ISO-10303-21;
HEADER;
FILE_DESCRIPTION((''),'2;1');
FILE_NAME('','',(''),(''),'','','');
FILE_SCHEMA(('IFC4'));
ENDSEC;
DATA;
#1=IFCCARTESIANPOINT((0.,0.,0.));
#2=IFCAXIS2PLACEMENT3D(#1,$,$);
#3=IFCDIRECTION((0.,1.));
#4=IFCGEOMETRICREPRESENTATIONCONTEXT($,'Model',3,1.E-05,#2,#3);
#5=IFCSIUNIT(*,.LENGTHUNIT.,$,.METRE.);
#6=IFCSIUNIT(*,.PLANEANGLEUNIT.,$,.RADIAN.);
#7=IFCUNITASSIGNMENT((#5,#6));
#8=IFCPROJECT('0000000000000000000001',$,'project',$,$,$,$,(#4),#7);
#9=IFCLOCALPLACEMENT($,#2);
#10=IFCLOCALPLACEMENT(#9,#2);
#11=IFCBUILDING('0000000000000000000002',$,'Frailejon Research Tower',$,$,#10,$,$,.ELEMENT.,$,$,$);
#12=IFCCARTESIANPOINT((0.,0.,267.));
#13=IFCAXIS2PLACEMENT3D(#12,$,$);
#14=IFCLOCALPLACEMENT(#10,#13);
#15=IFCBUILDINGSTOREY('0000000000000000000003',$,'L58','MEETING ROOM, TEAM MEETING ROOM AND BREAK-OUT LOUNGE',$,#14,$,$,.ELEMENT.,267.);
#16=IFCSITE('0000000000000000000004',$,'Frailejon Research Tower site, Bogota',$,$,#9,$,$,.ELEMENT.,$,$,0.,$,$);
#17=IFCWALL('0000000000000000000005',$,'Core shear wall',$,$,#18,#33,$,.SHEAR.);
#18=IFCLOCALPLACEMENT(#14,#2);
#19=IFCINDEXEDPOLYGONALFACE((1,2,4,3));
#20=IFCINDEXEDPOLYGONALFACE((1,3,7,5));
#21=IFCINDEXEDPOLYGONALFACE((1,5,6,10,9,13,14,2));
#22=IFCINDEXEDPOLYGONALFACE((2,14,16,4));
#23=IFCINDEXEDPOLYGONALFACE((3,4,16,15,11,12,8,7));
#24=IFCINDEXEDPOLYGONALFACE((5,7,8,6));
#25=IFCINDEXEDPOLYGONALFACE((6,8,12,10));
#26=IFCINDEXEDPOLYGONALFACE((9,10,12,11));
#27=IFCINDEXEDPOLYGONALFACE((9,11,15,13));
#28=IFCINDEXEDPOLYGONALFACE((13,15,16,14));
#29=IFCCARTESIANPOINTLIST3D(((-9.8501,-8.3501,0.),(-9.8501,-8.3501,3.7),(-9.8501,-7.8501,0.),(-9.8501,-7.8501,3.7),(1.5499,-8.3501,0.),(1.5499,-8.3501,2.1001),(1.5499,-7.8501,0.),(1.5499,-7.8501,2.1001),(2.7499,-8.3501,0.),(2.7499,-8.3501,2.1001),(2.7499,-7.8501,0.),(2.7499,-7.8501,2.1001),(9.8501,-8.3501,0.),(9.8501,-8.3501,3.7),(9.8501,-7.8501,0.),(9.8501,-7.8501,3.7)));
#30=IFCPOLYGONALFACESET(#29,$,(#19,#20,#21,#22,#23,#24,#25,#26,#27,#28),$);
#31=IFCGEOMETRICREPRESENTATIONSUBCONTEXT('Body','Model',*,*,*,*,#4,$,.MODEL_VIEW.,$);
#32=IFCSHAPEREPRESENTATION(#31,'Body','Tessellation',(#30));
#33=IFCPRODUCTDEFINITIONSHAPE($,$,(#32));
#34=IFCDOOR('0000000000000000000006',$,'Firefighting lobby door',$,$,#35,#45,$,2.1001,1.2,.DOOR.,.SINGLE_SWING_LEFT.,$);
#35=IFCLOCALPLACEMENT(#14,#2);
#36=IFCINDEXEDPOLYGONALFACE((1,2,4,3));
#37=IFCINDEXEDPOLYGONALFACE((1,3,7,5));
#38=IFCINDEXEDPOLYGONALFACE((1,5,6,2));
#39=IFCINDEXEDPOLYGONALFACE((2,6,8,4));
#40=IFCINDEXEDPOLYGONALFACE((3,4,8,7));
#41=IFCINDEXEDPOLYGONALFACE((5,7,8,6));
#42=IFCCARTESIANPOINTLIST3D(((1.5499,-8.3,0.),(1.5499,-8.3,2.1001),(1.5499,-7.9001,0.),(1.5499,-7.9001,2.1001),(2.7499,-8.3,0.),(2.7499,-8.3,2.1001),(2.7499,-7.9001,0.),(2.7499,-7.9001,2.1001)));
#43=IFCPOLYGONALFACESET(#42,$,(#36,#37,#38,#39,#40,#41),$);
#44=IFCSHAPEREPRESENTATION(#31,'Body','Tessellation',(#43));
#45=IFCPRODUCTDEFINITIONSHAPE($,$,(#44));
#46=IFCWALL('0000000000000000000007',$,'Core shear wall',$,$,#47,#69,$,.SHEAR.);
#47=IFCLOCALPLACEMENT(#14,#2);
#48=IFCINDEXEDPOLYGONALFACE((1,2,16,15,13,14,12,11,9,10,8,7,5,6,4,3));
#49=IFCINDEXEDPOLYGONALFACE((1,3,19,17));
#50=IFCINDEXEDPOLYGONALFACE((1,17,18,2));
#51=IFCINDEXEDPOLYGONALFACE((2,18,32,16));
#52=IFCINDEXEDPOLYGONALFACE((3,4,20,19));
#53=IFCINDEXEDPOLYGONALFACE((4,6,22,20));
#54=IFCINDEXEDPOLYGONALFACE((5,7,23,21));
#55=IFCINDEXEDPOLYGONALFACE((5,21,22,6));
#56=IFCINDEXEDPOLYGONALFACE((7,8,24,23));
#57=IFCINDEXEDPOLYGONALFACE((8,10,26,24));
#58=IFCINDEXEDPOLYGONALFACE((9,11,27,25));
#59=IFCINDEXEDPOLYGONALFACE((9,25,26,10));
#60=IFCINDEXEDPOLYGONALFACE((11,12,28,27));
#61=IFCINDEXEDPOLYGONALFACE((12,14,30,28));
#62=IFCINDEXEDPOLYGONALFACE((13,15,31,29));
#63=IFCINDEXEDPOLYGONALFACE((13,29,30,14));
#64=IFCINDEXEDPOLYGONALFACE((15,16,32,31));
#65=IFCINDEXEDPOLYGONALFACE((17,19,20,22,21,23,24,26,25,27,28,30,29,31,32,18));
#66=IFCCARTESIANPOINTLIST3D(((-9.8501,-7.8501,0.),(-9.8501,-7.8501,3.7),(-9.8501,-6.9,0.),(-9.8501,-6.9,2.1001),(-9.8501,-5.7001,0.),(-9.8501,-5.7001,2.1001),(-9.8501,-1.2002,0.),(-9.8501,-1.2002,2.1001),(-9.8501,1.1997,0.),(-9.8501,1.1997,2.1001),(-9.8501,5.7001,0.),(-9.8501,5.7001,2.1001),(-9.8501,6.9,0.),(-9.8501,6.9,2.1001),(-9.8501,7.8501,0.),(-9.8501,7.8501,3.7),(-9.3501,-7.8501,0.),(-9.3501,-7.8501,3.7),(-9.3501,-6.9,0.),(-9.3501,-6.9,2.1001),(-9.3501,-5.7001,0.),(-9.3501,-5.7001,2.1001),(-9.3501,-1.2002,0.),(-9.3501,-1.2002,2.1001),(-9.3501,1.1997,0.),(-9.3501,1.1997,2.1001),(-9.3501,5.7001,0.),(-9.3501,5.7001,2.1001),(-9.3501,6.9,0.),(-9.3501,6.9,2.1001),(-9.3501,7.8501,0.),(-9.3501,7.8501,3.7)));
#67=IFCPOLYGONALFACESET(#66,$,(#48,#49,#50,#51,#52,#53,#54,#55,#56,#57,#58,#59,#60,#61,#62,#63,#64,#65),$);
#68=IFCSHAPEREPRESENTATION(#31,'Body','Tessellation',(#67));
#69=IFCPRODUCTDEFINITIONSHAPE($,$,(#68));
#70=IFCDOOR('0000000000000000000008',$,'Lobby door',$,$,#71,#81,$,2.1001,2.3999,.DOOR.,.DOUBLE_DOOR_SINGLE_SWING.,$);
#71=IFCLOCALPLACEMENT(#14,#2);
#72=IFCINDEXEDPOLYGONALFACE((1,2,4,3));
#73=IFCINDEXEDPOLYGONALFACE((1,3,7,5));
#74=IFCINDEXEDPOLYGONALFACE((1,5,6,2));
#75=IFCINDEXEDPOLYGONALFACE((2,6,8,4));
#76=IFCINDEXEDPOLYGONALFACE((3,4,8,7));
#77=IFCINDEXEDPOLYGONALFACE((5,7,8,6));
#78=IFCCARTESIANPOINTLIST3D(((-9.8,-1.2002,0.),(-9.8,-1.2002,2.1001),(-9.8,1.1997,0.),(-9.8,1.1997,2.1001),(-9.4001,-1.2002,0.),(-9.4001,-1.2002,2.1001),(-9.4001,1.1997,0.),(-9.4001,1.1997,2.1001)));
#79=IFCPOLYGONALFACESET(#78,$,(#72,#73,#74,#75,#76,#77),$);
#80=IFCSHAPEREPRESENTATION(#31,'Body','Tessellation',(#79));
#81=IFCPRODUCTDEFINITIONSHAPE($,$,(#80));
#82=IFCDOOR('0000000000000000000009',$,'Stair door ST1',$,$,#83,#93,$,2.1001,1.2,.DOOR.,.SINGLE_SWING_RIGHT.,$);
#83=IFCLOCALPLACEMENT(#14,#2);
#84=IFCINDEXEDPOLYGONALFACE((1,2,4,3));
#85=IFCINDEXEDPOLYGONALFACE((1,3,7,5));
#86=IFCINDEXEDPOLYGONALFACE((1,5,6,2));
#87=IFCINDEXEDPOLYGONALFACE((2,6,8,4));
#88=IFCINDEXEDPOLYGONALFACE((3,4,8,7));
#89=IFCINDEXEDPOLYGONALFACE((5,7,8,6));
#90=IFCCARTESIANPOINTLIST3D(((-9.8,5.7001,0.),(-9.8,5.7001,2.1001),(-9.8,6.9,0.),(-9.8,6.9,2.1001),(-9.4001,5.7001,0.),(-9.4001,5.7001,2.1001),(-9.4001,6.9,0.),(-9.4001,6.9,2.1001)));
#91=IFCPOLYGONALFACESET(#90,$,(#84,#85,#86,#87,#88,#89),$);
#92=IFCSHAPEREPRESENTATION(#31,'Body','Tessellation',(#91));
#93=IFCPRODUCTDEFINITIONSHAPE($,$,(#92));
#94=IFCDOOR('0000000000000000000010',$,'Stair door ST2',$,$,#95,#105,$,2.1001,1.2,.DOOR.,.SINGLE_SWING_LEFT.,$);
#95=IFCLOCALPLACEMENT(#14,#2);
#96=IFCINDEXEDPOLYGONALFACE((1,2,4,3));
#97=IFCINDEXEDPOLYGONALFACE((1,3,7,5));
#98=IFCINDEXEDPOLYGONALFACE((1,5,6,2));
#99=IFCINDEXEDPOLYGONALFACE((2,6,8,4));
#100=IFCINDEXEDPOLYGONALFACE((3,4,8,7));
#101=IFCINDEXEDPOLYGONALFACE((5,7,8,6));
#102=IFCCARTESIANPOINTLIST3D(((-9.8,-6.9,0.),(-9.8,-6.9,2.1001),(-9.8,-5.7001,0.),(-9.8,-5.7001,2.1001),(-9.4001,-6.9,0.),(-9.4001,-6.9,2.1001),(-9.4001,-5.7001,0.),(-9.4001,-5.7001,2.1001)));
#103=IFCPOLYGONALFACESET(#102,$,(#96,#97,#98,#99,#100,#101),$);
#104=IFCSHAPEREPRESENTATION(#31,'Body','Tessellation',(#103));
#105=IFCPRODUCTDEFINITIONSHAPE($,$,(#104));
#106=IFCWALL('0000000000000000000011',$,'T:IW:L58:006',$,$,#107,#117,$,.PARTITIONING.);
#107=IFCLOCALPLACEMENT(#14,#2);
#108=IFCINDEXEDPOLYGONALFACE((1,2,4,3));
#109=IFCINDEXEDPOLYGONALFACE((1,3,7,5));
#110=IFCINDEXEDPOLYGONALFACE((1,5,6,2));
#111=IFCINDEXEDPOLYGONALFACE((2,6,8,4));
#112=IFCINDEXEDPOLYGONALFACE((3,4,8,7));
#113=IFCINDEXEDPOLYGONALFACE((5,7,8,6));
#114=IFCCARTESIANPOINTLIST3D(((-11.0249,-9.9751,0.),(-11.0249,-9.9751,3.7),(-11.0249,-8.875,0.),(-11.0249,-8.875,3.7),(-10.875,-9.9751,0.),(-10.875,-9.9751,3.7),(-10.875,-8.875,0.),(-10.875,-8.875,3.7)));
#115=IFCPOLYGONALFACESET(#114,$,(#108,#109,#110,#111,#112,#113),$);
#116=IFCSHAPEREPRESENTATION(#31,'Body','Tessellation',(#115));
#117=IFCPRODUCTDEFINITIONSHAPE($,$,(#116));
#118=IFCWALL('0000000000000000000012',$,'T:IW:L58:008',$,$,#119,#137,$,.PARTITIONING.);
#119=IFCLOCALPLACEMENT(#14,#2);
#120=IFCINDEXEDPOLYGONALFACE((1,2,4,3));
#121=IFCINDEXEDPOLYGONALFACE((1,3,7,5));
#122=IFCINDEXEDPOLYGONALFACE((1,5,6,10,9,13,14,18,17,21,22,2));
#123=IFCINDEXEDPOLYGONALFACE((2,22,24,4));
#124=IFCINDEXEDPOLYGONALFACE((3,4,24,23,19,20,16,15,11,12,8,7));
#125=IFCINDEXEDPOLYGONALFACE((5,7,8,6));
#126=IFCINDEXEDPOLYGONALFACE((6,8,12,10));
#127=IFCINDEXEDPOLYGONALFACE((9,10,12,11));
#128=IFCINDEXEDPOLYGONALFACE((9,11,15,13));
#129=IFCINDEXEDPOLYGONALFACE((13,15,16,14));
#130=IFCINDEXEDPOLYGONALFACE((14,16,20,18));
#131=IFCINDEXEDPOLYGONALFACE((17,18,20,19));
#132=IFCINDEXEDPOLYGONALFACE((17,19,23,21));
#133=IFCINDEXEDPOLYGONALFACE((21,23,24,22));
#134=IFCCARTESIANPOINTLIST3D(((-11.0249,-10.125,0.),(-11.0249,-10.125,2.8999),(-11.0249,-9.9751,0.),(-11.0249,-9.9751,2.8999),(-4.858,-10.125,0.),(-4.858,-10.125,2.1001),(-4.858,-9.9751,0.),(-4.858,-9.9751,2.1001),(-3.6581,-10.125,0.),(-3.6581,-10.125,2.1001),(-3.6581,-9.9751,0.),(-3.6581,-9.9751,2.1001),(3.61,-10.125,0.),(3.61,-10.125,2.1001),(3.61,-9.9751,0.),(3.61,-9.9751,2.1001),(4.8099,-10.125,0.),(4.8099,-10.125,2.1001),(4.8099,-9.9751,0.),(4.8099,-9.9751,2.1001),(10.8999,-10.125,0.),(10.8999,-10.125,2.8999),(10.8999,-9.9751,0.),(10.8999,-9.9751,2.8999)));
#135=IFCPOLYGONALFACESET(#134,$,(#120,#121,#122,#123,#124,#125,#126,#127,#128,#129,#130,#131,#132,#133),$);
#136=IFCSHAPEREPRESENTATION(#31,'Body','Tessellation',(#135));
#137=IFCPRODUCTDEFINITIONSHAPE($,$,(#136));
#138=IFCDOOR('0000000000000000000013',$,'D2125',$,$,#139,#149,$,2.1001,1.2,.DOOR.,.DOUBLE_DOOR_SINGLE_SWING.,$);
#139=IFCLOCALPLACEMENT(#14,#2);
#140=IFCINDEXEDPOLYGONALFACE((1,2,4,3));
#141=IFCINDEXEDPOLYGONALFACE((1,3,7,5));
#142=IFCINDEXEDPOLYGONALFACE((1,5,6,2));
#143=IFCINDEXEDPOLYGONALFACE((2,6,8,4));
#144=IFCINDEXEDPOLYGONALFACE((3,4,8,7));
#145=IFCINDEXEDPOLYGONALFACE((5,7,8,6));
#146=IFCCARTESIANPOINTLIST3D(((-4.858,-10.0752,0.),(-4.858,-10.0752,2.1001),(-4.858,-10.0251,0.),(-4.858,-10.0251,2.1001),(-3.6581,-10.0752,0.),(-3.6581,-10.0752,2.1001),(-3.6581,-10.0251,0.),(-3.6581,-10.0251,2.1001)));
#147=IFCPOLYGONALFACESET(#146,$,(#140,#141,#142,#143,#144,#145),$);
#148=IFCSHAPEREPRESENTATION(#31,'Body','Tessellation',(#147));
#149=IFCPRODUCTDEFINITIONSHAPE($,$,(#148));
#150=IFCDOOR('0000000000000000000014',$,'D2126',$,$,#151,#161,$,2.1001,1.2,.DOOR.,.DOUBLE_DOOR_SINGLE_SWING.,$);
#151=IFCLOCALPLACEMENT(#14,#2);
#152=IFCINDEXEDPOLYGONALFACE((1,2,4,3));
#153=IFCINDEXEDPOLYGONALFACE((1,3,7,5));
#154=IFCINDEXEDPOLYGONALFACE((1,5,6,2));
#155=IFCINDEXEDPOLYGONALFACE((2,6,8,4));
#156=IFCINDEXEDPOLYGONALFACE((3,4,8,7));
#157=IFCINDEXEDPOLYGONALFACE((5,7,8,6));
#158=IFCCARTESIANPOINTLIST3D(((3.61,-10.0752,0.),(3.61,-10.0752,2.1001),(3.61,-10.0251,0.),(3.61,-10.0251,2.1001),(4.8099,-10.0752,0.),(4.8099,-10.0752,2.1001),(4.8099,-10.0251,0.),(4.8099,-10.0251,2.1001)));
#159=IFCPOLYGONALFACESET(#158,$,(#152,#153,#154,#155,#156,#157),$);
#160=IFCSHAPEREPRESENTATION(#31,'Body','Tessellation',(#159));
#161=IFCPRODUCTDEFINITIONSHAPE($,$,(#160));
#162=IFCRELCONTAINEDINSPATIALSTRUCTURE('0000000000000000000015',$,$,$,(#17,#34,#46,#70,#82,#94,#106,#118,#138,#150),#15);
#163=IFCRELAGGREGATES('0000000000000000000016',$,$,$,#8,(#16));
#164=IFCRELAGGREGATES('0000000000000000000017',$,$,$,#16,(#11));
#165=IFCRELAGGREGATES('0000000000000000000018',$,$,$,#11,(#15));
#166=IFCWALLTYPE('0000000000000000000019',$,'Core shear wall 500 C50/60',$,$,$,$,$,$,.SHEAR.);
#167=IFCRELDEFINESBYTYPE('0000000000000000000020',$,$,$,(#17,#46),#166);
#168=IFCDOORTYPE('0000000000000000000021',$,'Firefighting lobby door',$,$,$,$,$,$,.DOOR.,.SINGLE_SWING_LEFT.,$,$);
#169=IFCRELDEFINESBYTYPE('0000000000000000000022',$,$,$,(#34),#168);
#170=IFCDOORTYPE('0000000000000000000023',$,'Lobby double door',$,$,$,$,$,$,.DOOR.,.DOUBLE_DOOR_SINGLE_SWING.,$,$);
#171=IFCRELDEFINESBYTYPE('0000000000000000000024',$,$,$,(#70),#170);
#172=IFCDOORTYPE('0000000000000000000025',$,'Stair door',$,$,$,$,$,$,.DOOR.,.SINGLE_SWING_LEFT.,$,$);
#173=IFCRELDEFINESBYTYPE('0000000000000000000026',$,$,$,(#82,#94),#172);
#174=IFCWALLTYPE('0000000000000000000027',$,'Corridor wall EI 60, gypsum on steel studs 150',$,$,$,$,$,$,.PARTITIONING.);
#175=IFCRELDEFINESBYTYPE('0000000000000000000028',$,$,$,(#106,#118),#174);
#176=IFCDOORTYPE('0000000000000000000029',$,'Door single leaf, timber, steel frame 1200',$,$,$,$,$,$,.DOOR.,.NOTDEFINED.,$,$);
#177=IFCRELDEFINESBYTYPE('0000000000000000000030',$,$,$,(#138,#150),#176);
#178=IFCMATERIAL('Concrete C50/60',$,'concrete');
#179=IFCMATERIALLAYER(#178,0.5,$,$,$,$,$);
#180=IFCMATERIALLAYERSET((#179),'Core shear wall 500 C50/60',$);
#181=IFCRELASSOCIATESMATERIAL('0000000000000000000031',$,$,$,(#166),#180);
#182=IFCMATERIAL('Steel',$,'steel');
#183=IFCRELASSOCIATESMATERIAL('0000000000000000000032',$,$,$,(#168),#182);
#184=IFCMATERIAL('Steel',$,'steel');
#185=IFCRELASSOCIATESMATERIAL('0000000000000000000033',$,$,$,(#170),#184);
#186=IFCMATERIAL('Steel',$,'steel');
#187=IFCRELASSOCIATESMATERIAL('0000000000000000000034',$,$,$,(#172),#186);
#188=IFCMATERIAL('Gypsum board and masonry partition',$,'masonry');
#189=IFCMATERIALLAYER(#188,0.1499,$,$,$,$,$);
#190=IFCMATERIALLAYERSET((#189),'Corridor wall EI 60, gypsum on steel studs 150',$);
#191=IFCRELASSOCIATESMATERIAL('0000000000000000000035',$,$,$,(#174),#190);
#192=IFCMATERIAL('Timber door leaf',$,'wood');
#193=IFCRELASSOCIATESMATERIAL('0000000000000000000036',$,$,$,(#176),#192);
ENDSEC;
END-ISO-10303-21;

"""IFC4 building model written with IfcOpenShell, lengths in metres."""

from ifc_helpers import new_model, si_unit, direction, frame, frame_2d, origin, place, context, subcontext, project, spatial, rectangle, extrude, material, layer, layer_set, type_object, element, fill, save


model = new_model("IFC4")

# Units and contexts
model_context = context("Model", 3, precision=1e-05, world=origin(), true_north=direction((0.0, 1.0)))
body_context = subcontext(model_context, "Body", "Model", "MODEL_VIEW")
ifc_project = project(units=[si_unit("LENGTHUNIT", "METRE"), si_unit("PLANEANGLEUNIT", "RADIAN")], contexts=[model_context])

# Site, building, storey
site_placement = place(None, origin())
site = spatial("IfcSite", under=ifc_project, at=site_placement, Name="Frailejon Research Tower site, Bogota", CompositionType="ELEMENT", RefElevation=0.0)
building_placement = place(site_placement, origin())
building = spatial("IfcBuilding", under=site, at=building_placement, Name="Frailejon Research Tower", CompositionType="ELEMENT")
storey_placement = place(building_placement, frame((0.0, 0.0, 267.0)))
storey = spatial("IfcBuildingStorey", under=building, at=storey_placement, Name="L58", Description="MEETING ROOM, TEAM MEETING ROOM AND BREAK-OUT LOUNGE", CompositionType="ELEMENT", Elevation=267.0)

# Wall, opening, door
ifc_material_1 = material(Name="Concrete C50/60", Category="concrete")
ifc_layer_1 = layer(ifc_material_1, 0.5)
ifc_layer_set_1 = layer_set([ifc_layer_1], Name="Core shear wall 500 C50/60")
wall_type_1 = type_object("IfcWallType", Name="Core shear wall 500 C50/60", PredefinedType="SHEAR", material=ifc_layer_set_1)
wall_1_placement = place(storey_placement, frame((-9.8501, -8.1001, 0.0), z_axis=(0.0, 0.0, 1.0), x_axis=(1.0, 0.0, 0.0)))
wall_1 = element("IfcWall", 1, at=wall_1_placement, inside=storey, type_object=wall_type_1, Name="Core shear wall", PredefinedType="SHEAR", context=body_context, shape_type="SweptSolid", body=[
    extrude(rectangle(XDim=19.7002, YDim=0.5, at=frame_2d((9.8501, 0.0))), origin(), (0.0, 0.0, 1.0), 3.7),
])
opening_1_placement = place(wall_1_placement, frame((11.3999, 0.0, 0.0)))
opening_1 = element("IfcOpeningElement", 2, at=opening_1_placement, cuts=wall_1, PredefinedType="OPENING", context=body_context, shape_type="SweptSolid", body=[
    extrude(rectangle(XDim=1.2, YDim=2.1001, at=frame_2d((0.6001, 1.05))), frame((0.0, 0.26, 0.0), z_axis=(0.0, -1.0, 0.0), x_axis=(1.0, 0.0, 0.0)), (0.0, 0.0, 1.0), 0.52),
])
ifc_material_2 = material(Name="Steel", Category="steel")
door_type_1 = type_object("IfcDoorType", Name="Firefighting lobby door", OperationType="SINGLE_SWING_LEFT", PredefinedType="DOOR", material=ifc_material_2)
door_1_placement = place(opening_1_placement, origin())
door_1 = element("IfcDoor", 3, at=door_1_placement, inside=storey, type_object=door_type_1, Name="Firefighting lobby door", OperationType="SINGLE_SWING_LEFT", OverallHeight=2.1001, OverallWidth=1.2, PredefinedType="DOOR", context=body_context, shape_type="SweptSolid", body=[
    extrude(rectangle(XDim=1.2, YDim=2.1001, at=frame_2d((0.6001, 1.05))), frame((0.0, 0.2, 0.0), z_axis=(0.0, -1.0, 0.0), x_axis=(1.0, 0.0, 0.0)), (0.0, 0.0, 1.0), 0.3999),
])
fill(opening_1, door_1)

# Wall, openings, doors
wall_2_placement = place(storey_placement, frame((-9.6001, -7.8501, 0.0), z_axis=(0.0, 0.0, 1.0), x_axis=(0.0, 1.0, 0.0)))
wall_2 = element("IfcWall", 4, at=wall_2_placement, inside=storey, type_object=wall_type_1, Name="Core shear wall", PredefinedType="SHEAR", context=body_context, shape_type="SweptSolid", body=[
    extrude(rectangle(XDim=15.7002, YDim=0.5, at=frame_2d((7.8501, 0.0))), origin(), (0.0, 0.0, 1.0), 3.7),
])
opening_2_placement = place(wall_2_placement, frame((6.6499, 0.0, 0.0)))
opening_2 = element("IfcOpeningElement", 5, at=opening_2_placement, cuts=wall_2, PredefinedType="OPENING", context=body_context, shape_type="SweptSolid", body=[
    extrude(rectangle(XDim=2.3999, YDim=2.1001, at=frame_2d((1.2, 1.05))), frame((0.0, 0.26, 0.0), z_axis=(0.0, -1.0, 0.0), x_axis=(1.0, 0.0, 0.0)), (0.0, 0.0, 1.0), 0.52),
])
opening_3_placement = place(wall_2_placement, frame((13.55, 0.0, 0.0)))
opening_3 = element("IfcOpeningElement", 6, at=opening_3_placement, cuts=wall_2, PredefinedType="OPENING", context=body_context, shape_type="SweptSolid", body=[
    extrude(rectangle(XDim=1.2, YDim=2.1001, at=frame_2d((0.6001, 1.05))), frame((0.0, 0.26, 0.0), z_axis=(0.0, -1.0, 0.0), x_axis=(1.0, 0.0, 0.0)), (0.0, 0.0, 1.0), 0.52),
])
opening_4_placement = place(wall_2_placement, frame((0.95, 0.0, 0.0)))
opening_4 = element("IfcOpeningElement", 7, at=opening_4_placement, cuts=wall_2, PredefinedType="OPENING", context=body_context, shape_type="SweptSolid", body=[
    extrude(rectangle(XDim=1.2, YDim=2.1001, at=frame_2d((0.6001, 1.05))), frame((0.0, 0.26, 0.0), z_axis=(0.0, -1.0, 0.0), x_axis=(1.0, 0.0, 0.0)), (0.0, 0.0, 1.0), 0.52),
])
ifc_material_3 = material(Name="Steel", Category="steel")
door_type_2 = type_object("IfcDoorType", Name="Lobby double door", OperationType="DOUBLE_DOOR_SINGLE_SWING", PredefinedType="DOOR", material=ifc_material_3)
door_2_placement = place(opening_2_placement, origin())
door_2 = element("IfcDoor", 8, at=door_2_placement, inside=storey, type_object=door_type_2, Name="Lobby door", OperationType="DOUBLE_DOOR_SINGLE_SWING", OverallHeight=2.1001, OverallWidth=2.3999, PredefinedType="DOOR", context=body_context, shape_type="SweptSolid", body=[
    extrude(rectangle(XDim=2.3999, YDim=2.1001, at=frame_2d((1.2, 1.05))), frame((0.0, 0.2, 0.0), z_axis=(0.0, -1.0, 0.0), x_axis=(1.0, 0.0, 0.0)), (0.0, 0.0, 1.0), 0.3999),
])
fill(opening_2, door_2)
ifc_material_4 = material(Name="Steel", Category="steel")
door_type_3 = type_object("IfcDoorType", Name="Stair door", OperationType="SINGLE_SWING_LEFT", PredefinedType="DOOR", material=ifc_material_4)
door_3_placement = place(opening_3_placement, origin())
door_3 = element("IfcDoor", 9, at=door_3_placement, inside=storey, type_object=door_type_3, Name="Stair door ST1", OperationType="SINGLE_SWING_RIGHT", OverallHeight=2.1001, OverallWidth=1.2, PredefinedType="DOOR", context=body_context, shape_type="SweptSolid", body=[
    extrude(rectangle(XDim=1.2, YDim=2.1001, at=frame_2d((0.6001, 1.05))), frame((0.0, 0.2, 0.0), z_axis=(0.0, -1.0, 0.0), x_axis=(1.0, 0.0, 0.0)), (0.0, 0.0, 1.0), 0.3999),
])
fill(opening_3, door_3)
door_4_placement = place(opening_4_placement, origin())
door_4 = element("IfcDoor", 10, at=door_4_placement, inside=storey, type_object=door_type_3, Name="Stair door ST2", OperationType="SINGLE_SWING_LEFT", OverallHeight=2.1001, OverallWidth=1.2, PredefinedType="DOOR", context=body_context, shape_type="SweptSolid", body=[
    extrude(rectangle(XDim=1.2, YDim=2.1001, at=frame_2d((0.6001, 1.05))), frame((0.0, 0.2, 0.0), z_axis=(0.0, -1.0, 0.0), x_axis=(1.0, 0.0, 0.0)), (0.0, 0.0, 1.0), 0.3999),
])
fill(opening_4, door_4)

# Wall
ifc_material_5 = material(Name="Gypsum board and masonry partition", Category="masonry")
ifc_layer_2 = layer(ifc_material_5, 0.1499)
ifc_layer_set_2 = layer_set([ifc_layer_2], Name="Corridor wall EI 60, gypsum on steel studs 150")
wall_type_2 = type_object("IfcWallType", Name="Corridor wall EI 60, gypsum on steel studs 150", PredefinedType="PARTITIONING", material=ifc_layer_set_2)
wall_3_placement = place(storey_placement, frame((-10.95, -9.9751, 0.0), z_axis=(0.0, 0.0, 1.0), x_axis=(0.0, 1.0, 0.0)))
element("IfcWall", 11, at=wall_3_placement, inside=storey, type_object=wall_type_2, Name="T:IW:L58:006", PredefinedType="PARTITIONING", context=body_context, shape_type="SweptSolid", body=[
    extrude(rectangle(XDim=1.1001, YDim=0.1499, at=frame_2d((0.55, 0.0))), origin(), (0.0, 0.0, 1.0), 3.7),
])

# Wall, openings, doors
wall_4_placement = place(storey_placement, frame((-11.0249, -10.05, 0.0), z_axis=(0.0, 0.0, 1.0), x_axis=(1.0, 0.0, 0.0)))
wall_4 = element("IfcWall", 12, at=wall_4_placement, inside=storey, type_object=wall_type_2, Name="T:IW:L58:008", PredefinedType="PARTITIONING", context=body_context, shape_type="SweptSolid", body=[
    extrude(rectangle(XDim=21.9248, YDim=0.1499, at=frame_2d((10.9624, 0.0))), origin(), (0.0, 0.0, 1.0), 2.8999),
])
opening_5_placement = place(wall_4_placement, frame((6.1667, 0.0, 0.0)))
opening_5 = element("IfcOpeningElement", 13, at=opening_5_placement, cuts=wall_4, PredefinedType="OPENING", context=body_context, shape_type="SweptSolid", body=[
    extrude(rectangle(XDim=1.2, YDim=2.1001, at=frame_2d((0.6001, 1.05))), frame((0.0, 0.085, 0.0), z_axis=(0.0, -1.0, 0.0), x_axis=(1.0, 0.0, 0.0)), (0.0, 0.0, 1.0), 0.1699),
])
opening_6_placement = place(wall_4_placement, frame((14.6348, 0.0, 0.0)))
opening_6 = element("IfcOpeningElement", 14, at=opening_6_placement, cuts=wall_4, PredefinedType="OPENING", context=body_context, shape_type="SweptSolid", body=[
    extrude(rectangle(XDim=1.2, YDim=2.1001, at=frame_2d((0.6001, 1.05))), frame((0.0, 0.085, 0.0), z_axis=(0.0, -1.0, 0.0), x_axis=(1.0, 0.0, 0.0)), (0.0, 0.0, 1.0), 0.1699),
])
ifc_material_6 = material(Name="Timber door leaf", Category="wood")
door_type_4 = type_object("IfcDoorType", Name="Door single leaf, timber, steel frame 1200", OperationType="NOTDEFINED", PredefinedType="DOOR", material=ifc_material_6)
door_5_placement = place(opening_5_placement, origin())
door_5 = element("IfcDoor", 15, at=door_5_placement, inside=storey, type_object=door_type_4, Name="D2125", OperationType="DOUBLE_DOOR_SINGLE_SWING", OverallHeight=2.1001, OverallWidth=1.2, PredefinedType="DOOR", context=body_context, shape_type="SweptSolid", body=[
    extrude(rectangle(XDim=1.2, YDim=2.1001, at=frame_2d((0.6001, 1.05))), frame((0.0, 0.0249, 0.0), z_axis=(0.0, -1.0, 0.0), x_axis=(1.0, 0.0, 0.0)), (0.0, 0.0, 1.0), 0.05),
])
fill(opening_5, door_5)
door_6_placement = place(opening_6_placement, origin())
door_6 = element("IfcDoor", 16, at=door_6_placement, inside=storey, type_object=door_type_4, Name="D2126", OperationType="DOUBLE_DOOR_SINGLE_SWING", OverallHeight=2.1001, OverallWidth=1.2, PredefinedType="DOOR", context=body_context, shape_type="SweptSolid", body=[
    extrude(rectangle(XDim=1.2, YDim=2.1001, at=frame_2d((0.6001, 1.05))), frame((0.0, 0.0249, 0.0), z_axis=(0.0, -1.0, 0.0), x_axis=(1.0, 0.0, 0.0)), (0.0, 0.0, 1.0), 0.05),
])
fill(opening_6, door_6)

save(model, "model.ifc")
